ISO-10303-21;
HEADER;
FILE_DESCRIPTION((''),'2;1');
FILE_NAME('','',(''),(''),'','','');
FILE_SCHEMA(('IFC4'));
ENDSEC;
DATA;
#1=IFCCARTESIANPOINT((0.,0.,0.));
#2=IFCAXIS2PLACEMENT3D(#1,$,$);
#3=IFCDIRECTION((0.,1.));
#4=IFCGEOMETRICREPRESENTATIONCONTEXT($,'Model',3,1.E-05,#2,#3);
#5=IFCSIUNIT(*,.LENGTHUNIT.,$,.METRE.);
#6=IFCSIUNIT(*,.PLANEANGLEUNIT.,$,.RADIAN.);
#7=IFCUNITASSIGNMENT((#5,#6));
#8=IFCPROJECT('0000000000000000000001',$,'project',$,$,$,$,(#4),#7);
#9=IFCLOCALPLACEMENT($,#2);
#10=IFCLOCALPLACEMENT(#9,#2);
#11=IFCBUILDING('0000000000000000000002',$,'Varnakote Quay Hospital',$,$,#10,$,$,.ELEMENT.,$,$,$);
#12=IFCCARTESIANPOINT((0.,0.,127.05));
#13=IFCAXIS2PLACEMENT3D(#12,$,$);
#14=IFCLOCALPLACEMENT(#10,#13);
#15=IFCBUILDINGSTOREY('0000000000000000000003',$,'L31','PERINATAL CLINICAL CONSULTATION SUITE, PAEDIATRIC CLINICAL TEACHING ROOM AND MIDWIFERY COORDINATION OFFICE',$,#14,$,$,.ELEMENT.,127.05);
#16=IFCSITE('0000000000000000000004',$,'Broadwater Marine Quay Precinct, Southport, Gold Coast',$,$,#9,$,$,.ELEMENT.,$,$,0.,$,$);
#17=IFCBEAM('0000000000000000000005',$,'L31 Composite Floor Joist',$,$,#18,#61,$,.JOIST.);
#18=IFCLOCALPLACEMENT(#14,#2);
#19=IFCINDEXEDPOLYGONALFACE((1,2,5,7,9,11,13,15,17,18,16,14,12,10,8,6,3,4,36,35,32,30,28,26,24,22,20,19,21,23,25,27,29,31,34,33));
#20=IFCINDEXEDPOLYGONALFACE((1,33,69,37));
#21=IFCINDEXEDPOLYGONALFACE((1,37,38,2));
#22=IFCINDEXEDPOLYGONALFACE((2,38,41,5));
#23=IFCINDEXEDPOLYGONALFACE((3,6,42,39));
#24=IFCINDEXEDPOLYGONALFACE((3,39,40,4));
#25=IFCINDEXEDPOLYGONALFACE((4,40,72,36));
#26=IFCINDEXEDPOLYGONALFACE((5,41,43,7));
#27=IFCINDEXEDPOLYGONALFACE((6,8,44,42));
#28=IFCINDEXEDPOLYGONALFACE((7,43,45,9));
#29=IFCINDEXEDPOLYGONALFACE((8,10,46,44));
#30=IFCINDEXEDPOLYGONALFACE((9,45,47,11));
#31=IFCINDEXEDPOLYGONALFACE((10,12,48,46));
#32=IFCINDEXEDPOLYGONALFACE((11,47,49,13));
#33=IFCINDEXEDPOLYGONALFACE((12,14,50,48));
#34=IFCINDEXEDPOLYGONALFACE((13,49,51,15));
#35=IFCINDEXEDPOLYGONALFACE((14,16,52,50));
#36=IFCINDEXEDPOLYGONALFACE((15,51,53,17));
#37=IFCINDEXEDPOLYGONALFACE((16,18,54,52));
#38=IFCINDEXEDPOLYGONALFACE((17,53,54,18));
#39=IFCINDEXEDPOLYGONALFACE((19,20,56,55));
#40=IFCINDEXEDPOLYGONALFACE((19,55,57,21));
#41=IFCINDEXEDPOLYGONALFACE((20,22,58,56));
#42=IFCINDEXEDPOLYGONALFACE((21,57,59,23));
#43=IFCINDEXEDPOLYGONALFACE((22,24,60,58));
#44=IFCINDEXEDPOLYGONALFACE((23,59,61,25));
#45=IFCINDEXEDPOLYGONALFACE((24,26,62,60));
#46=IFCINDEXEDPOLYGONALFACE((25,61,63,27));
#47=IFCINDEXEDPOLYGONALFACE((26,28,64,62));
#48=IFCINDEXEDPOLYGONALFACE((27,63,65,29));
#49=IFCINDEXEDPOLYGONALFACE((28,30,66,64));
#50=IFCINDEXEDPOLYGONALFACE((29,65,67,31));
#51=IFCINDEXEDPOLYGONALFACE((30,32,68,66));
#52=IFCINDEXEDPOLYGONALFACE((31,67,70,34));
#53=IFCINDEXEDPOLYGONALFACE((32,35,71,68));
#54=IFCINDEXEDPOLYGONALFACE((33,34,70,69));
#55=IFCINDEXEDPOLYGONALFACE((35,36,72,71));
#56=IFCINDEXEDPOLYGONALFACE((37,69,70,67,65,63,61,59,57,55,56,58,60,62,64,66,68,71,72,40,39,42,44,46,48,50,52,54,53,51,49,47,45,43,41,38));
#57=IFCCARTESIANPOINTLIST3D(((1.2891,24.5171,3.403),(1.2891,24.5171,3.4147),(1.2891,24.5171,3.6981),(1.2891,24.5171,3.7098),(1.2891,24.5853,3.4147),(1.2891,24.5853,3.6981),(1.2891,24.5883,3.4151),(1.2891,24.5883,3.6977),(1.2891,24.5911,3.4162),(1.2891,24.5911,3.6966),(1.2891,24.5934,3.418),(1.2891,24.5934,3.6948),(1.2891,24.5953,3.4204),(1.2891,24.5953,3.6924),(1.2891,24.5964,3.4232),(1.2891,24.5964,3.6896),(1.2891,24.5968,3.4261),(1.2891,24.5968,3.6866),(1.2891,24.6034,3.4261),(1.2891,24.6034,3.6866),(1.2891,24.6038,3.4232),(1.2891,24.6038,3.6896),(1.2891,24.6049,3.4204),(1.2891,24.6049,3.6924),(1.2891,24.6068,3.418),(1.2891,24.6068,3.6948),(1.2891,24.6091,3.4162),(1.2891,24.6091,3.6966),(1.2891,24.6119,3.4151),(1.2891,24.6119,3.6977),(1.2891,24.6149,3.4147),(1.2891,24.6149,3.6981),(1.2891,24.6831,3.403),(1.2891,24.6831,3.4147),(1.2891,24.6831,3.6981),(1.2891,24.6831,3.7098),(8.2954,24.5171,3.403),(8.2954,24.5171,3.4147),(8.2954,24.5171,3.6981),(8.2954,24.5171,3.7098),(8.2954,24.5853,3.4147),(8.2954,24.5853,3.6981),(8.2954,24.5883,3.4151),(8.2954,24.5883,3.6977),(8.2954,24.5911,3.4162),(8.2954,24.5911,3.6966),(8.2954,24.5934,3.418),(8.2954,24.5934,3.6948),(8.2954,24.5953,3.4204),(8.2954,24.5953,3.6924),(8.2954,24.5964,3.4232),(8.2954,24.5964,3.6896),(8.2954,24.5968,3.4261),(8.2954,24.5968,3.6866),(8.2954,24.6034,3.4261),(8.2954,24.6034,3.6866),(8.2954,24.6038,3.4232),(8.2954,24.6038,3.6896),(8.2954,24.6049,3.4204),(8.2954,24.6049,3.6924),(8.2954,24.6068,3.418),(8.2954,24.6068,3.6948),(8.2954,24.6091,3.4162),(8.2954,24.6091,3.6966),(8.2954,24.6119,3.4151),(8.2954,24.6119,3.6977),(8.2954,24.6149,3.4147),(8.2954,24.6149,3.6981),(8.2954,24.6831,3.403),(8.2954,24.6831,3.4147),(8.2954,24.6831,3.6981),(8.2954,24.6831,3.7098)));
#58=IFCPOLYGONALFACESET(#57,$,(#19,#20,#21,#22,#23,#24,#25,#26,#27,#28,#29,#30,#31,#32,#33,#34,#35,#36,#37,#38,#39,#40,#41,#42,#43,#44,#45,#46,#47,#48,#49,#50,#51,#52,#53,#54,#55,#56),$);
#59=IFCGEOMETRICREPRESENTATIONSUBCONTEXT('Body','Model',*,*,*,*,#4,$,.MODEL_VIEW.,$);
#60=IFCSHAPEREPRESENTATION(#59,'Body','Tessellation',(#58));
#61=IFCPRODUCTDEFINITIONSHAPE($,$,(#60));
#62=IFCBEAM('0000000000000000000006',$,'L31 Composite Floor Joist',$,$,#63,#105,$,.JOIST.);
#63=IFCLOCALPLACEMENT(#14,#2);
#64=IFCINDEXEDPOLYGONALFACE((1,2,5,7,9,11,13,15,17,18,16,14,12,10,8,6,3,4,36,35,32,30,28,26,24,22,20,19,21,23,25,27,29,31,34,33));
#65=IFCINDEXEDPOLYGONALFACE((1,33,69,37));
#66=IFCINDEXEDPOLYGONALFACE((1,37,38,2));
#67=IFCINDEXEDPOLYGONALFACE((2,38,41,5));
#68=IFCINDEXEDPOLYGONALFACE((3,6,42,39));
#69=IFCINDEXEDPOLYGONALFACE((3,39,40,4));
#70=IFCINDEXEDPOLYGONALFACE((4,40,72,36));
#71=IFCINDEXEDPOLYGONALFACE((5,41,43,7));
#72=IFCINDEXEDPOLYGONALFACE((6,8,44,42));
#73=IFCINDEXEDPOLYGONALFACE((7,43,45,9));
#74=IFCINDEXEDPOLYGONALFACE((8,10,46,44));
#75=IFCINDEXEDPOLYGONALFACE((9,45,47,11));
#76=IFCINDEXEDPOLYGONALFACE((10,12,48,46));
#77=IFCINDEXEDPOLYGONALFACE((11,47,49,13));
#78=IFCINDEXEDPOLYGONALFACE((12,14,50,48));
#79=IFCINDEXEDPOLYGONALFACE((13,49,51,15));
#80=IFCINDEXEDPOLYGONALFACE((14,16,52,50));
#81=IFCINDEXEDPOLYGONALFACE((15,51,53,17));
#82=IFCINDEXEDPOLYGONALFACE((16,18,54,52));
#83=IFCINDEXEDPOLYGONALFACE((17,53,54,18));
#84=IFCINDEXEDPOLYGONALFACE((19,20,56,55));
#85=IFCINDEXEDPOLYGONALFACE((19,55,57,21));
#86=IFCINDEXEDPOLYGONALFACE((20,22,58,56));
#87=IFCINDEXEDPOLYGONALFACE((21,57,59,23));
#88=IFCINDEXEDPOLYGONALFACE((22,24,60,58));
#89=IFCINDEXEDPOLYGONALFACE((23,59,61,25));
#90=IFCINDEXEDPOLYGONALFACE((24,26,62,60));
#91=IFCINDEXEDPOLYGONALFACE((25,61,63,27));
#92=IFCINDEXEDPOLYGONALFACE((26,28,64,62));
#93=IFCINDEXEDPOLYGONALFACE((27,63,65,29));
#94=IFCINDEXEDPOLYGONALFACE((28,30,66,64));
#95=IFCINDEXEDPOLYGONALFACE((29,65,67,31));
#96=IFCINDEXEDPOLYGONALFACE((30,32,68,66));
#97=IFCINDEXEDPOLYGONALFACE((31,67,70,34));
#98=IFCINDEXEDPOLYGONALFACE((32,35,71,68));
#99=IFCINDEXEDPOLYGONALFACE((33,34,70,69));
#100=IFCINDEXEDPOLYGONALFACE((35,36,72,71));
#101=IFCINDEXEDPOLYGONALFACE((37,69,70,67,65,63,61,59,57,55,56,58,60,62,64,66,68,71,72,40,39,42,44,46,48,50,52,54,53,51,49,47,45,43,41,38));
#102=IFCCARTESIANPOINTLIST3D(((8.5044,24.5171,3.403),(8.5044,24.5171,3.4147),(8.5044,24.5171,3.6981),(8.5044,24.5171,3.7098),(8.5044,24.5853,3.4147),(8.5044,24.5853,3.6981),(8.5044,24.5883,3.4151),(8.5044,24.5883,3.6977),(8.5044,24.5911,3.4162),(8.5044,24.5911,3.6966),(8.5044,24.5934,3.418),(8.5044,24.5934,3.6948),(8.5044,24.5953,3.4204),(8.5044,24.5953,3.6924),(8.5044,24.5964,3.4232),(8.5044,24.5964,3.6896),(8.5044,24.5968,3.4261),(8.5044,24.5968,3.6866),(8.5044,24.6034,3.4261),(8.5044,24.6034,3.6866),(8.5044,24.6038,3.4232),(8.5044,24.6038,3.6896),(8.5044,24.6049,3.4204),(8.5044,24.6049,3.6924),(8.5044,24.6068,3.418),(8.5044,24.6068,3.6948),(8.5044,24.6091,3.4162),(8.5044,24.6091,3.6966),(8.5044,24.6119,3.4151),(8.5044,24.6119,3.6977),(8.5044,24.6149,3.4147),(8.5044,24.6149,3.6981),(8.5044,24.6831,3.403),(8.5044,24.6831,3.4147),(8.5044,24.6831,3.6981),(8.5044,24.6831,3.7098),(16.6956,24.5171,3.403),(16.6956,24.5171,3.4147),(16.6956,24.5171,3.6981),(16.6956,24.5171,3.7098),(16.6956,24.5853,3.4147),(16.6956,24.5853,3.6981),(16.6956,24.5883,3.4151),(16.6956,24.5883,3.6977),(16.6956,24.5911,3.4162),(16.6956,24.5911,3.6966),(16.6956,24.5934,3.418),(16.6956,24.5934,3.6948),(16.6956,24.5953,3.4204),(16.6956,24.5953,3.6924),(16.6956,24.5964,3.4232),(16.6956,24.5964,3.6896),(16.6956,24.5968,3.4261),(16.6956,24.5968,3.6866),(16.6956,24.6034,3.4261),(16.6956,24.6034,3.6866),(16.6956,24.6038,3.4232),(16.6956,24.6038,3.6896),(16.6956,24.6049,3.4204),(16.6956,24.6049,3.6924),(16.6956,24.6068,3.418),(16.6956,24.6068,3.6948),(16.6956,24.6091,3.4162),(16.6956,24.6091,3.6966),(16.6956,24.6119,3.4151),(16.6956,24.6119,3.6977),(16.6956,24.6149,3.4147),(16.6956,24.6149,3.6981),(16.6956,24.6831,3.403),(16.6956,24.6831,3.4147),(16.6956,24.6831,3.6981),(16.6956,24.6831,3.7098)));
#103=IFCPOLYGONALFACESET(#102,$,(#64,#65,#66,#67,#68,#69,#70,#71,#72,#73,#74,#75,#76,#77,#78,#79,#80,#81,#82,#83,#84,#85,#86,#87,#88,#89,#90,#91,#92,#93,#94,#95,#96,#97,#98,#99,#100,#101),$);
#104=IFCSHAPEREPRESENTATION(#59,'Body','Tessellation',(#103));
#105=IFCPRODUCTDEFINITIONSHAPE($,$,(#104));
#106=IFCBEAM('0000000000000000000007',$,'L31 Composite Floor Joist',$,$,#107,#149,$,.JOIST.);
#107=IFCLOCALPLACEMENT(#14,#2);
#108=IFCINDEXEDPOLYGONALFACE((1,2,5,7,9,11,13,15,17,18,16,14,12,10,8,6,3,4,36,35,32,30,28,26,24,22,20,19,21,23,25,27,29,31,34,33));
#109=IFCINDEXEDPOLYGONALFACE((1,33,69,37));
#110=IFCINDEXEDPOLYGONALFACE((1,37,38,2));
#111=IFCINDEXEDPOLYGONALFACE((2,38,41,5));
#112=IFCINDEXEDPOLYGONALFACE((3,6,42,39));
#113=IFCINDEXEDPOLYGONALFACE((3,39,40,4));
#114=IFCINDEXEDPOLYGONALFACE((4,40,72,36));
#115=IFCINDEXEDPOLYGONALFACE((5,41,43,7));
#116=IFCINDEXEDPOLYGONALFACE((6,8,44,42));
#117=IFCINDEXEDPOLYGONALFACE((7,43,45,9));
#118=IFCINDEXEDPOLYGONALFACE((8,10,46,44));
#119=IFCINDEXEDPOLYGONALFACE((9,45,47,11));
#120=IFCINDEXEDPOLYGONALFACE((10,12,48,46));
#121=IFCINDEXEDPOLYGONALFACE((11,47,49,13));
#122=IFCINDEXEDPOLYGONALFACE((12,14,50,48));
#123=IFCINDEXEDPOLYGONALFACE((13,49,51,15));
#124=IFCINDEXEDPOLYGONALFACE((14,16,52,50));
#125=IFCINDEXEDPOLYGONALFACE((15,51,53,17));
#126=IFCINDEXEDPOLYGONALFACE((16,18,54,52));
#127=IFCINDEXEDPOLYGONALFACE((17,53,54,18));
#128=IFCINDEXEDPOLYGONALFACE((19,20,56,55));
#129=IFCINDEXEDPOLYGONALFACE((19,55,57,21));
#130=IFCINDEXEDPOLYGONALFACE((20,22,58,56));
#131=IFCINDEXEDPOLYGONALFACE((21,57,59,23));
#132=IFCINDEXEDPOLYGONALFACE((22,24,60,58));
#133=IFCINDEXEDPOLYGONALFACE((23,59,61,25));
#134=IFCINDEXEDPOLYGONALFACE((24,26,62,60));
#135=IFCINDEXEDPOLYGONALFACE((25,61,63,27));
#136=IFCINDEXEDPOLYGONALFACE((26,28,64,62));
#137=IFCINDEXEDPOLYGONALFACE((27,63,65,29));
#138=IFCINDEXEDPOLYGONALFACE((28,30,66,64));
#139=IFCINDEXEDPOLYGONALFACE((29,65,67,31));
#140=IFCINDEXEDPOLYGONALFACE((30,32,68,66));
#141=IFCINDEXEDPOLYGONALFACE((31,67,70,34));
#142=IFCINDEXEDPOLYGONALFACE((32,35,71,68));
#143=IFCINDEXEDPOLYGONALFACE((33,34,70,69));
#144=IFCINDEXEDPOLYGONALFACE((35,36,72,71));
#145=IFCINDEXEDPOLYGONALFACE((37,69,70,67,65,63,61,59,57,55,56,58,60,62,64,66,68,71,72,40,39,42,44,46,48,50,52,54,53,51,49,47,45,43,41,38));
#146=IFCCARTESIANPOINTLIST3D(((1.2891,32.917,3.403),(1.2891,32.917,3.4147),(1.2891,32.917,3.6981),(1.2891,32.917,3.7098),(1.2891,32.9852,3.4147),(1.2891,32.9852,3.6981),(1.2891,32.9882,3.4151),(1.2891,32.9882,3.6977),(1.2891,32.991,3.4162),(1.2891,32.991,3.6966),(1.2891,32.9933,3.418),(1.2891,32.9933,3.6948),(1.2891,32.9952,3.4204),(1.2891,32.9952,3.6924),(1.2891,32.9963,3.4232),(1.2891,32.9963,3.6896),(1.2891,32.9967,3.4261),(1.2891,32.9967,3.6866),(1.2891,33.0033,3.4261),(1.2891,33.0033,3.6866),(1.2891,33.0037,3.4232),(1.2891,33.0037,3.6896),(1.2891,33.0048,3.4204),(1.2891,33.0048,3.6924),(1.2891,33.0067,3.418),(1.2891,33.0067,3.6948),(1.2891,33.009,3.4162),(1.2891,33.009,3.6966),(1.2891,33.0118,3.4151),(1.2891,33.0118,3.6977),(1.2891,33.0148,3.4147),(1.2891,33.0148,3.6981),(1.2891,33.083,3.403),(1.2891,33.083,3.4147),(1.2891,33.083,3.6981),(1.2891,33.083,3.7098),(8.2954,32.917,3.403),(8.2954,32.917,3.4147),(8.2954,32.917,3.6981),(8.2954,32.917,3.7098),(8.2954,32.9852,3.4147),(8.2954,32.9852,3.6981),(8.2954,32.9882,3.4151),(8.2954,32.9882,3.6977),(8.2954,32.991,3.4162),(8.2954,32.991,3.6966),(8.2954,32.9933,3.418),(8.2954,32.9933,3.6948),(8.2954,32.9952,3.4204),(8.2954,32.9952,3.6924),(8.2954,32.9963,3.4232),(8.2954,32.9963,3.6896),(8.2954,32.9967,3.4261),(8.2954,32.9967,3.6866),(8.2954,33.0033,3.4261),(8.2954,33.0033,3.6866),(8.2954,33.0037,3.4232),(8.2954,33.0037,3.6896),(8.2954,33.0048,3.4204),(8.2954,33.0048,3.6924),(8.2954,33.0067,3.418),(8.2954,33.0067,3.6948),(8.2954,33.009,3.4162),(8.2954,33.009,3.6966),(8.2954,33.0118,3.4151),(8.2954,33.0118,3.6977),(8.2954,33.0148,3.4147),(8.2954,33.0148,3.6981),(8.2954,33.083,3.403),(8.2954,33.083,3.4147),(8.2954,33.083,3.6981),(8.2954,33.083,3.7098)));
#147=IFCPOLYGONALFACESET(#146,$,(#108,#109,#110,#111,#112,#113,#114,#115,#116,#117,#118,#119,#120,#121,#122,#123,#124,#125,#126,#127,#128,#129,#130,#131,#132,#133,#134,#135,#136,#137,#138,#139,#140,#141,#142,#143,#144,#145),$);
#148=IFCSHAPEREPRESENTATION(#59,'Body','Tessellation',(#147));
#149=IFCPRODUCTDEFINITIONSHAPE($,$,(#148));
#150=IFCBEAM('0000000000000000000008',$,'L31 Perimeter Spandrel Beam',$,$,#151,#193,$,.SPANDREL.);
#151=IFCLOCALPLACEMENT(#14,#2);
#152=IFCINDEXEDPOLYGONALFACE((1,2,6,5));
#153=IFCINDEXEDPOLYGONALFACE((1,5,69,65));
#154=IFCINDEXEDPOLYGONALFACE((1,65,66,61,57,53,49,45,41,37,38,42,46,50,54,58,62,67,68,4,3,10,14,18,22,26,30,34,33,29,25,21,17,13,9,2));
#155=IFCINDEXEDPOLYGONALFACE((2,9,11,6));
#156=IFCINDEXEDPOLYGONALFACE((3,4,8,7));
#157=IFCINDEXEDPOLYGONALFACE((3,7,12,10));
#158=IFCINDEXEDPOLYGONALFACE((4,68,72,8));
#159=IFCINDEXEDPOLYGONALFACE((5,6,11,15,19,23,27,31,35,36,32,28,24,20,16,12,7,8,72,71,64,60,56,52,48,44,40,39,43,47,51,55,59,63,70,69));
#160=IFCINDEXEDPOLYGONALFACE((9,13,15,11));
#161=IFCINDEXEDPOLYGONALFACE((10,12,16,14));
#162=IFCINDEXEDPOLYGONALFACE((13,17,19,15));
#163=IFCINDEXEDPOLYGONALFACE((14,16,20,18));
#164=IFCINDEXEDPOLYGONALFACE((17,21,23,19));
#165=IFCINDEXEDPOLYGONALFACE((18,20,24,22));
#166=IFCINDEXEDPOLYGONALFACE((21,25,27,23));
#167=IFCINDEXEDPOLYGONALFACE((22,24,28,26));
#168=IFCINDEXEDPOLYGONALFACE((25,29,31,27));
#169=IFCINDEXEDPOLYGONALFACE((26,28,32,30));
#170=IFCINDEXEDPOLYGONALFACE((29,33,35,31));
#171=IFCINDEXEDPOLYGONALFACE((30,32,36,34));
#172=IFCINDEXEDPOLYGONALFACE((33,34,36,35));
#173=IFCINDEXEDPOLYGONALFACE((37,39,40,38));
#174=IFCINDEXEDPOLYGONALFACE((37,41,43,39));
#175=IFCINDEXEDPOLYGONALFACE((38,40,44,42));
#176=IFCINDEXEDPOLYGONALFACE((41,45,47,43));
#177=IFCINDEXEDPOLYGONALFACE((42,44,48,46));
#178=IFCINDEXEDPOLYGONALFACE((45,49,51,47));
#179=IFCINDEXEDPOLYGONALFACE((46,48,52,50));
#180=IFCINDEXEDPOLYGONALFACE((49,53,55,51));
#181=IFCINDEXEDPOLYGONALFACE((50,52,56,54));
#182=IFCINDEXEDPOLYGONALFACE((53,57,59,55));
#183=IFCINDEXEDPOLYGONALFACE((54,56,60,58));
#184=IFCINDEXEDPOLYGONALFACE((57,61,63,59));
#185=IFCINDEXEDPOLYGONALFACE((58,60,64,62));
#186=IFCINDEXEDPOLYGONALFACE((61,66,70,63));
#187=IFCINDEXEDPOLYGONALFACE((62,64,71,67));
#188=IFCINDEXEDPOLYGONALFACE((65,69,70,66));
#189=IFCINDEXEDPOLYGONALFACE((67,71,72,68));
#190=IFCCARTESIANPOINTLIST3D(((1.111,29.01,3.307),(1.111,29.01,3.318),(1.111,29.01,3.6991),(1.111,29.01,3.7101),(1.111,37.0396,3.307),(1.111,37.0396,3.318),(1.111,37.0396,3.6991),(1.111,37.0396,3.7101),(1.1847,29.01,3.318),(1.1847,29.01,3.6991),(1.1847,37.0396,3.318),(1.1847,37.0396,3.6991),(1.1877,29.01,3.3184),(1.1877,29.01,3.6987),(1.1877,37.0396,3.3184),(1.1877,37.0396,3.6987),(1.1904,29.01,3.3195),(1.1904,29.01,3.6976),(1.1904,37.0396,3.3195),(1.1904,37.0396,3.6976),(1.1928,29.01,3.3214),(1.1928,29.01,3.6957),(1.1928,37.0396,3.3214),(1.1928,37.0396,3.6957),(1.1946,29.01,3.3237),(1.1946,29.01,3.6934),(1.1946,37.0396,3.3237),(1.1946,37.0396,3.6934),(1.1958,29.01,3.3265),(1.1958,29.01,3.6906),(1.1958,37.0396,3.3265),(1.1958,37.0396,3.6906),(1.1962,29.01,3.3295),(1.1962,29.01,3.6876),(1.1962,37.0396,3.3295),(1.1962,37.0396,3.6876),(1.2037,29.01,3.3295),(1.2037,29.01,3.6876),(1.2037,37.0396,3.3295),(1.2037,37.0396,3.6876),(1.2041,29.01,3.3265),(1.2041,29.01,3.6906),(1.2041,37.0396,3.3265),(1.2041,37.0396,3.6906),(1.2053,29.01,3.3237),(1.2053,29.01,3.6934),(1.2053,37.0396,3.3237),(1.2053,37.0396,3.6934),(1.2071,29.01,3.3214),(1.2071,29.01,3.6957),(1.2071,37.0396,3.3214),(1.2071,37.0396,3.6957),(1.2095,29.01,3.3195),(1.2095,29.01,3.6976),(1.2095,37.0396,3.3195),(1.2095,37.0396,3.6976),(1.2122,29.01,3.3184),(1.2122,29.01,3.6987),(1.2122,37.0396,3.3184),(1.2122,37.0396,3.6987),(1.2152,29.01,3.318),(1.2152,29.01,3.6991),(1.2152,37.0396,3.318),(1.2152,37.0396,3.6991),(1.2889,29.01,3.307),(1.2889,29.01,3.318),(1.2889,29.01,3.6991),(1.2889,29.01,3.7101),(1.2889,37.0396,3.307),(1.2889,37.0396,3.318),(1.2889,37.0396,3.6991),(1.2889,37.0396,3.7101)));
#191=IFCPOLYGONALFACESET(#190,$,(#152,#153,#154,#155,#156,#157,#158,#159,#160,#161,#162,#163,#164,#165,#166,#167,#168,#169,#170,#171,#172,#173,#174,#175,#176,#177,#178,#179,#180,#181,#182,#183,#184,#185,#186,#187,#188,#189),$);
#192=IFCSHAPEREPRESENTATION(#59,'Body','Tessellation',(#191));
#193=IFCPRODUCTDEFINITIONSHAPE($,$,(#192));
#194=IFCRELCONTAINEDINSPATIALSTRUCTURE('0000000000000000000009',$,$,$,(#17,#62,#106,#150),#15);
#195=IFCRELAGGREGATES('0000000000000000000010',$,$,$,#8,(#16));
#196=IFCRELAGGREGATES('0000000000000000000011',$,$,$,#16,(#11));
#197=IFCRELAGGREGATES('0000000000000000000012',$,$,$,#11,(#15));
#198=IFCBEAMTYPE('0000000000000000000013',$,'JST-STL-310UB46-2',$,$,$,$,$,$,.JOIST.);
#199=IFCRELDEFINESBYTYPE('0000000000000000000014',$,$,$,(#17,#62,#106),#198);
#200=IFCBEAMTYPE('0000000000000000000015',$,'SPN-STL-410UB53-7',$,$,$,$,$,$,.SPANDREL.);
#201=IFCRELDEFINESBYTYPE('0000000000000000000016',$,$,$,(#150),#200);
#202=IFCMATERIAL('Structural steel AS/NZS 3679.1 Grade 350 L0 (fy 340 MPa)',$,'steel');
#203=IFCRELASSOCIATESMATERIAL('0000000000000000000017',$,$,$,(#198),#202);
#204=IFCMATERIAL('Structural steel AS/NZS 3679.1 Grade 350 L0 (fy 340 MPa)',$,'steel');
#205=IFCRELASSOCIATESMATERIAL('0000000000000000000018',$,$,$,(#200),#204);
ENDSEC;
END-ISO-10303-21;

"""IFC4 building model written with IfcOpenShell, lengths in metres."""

from ifc_helpers import new_model, si_unit, direction, frame, origin, origin_2d, place, context, subcontext, project, spatial, i_section, extrude, material, material_profile, profile_set, type_object, element, save


model = new_model("IFC4")

# Units and contexts
model_context = context("Model", 3, precision=1e-05, world=origin(), true_north=direction((0.0, 1.0)))
body_context = subcontext(model_context, "Body", "Model", "MODEL_VIEW")
ifc_project = project(units=[si_unit("LENGTHUNIT", "METRE"), si_unit("PLANEANGLEUNIT", "RADIAN")], contexts=[model_context])

# Site, building, storey
site_placement = place(None, origin())
site = spatial("IfcSite", under=ifc_project, at=site_placement, Name="Broadwater Marine Quay Precinct, Southport, Gold Coast", CompositionType="ELEMENT", RefElevation=0.0)
building_placement = place(site_placement, origin())
building = spatial("IfcBuilding", under=site, at=building_placement, Name="Varnakote Quay Hospital", CompositionType="ELEMENT")
storey_placement = place(building_placement, frame((0.0, 0.0, 127.05)))
storey = spatial("IfcBuildingStorey", under=building, at=storey_placement, Name="L31", Description="PERINATAL CLINICAL CONSULTATION SUITE, PAEDIATRIC CLINICAL TEACHING ROOM AND MIDWIFERY COORDINATION OFFICE", CompositionType="ELEMENT", Elevation=127.05)

# Beams
ifc_material_1 = material(Name="Structural steel AS/NZS 3679.1 Grade 350 L0 (fy 340 MPa)", Category="steel")
ifc_material_profile_1 = material_profile(ifc_material_1, i_section(OverallWidth=0.166, OverallDepth=0.3069, WebThickness=0.0066, FlangeThickness=0.0117, FilletRadius=0.0115, at=origin_2d()), Name="310UB46.2")
ifc_profile_set_1 = profile_set([ifc_material_profile_1], Name="Structural steel AS/NZS 3679.1 Grade 350 L0 (fy 340 MPa)")
beam_type_1 = type_object("IfcBeamType", Name="JST-STL-310UB46-2", PredefinedType="JOIST", material=ifc_profile_set_1)
beam_1_placement = place(storey_placement, frame((1.2891, 24.6001, 3.5564), z_axis=(1.0, 0.0, 0.0), x_axis=(0.0, 1.0, 0.0)))
element("IfcBeam", 1, at=beam_1_placement, inside=storey, type_object=beam_type_1, Name="L31 Composite Floor Joist", PredefinedType="JOIST", context=body_context, shape_type="SweptSolid", body=[
    extrude(i_section(OverallWidth=0.166, OverallDepth=0.3069, WebThickness=0.0066, FlangeThickness=0.0117, FilletRadius=0.0115, at=origin_2d()), origin(), (0.0, 0.0, 1.0), 7.0063),
])
beam_2_placement = place(storey_placement, frame((8.5044, 24.6001, 3.5564), z_axis=(1.0, 0.0, 0.0), x_axis=(0.0, 1.0, 0.0)))
element("IfcBeam", 2, at=beam_2_placement, inside=storey, type_object=beam_type_1, Name="L31 Composite Floor Joist", PredefinedType="JOIST", context=body_context, shape_type="SweptSolid", body=[
    extrude(i_section(OverallWidth=0.166, OverallDepth=0.3069, WebThickness=0.0066, FlangeThickness=0.0117, FilletRadius=0.0115, at=origin_2d()), origin(), (0.0, 0.0, 1.0), 8.1912),
])
beam_3_placement = place(storey_placement, frame((1.2891, 33.0, 3.5564), z_axis=(1.0, 0.0, 0.0), x_axis=(0.0, 1.0, 0.0)))
element("IfcBeam", 3, at=beam_3_placement, inside=storey, type_object=beam_type_1, Name="L31 Composite Floor Joist", PredefinedType="JOIST", context=body_context, shape_type="SweptSolid", body=[
    extrude(i_section(OverallWidth=0.166, OverallDepth=0.3069, WebThickness=0.0066, FlangeThickness=0.0117, FilletRadius=0.0115, at=origin_2d()), origin(), (0.0, 0.0, 1.0), 7.0063),
])
ifc_material_2 = material(Name="Structural steel AS/NZS 3679.1 Grade 350 L0 (fy 340 MPa)", Category="steel")
ifc_material_profile_2 = material_profile(ifc_material_2, i_section(OverallWidth=0.178, OverallDepth=0.4031, WebThickness=0.0076, FlangeThickness=0.011, FilletRadius=0.0115, at=origin_2d()), Name="410UB53.7")
ifc_profile_set_2 = profile_set([ifc_material_profile_2], Name="Structural steel AS/NZS 3679.1 Grade 350 L0 (fy 340 MPa)")
beam_type_2 = type_object("IfcBeamType", Name="SPN-STL-410UB53-7", PredefinedType="SPANDREL", material=ifc_profile_set_2)
beam_4_placement = place(storey_placement, frame((1.2, 29.01, 3.5085), z_axis=(0.0, 1.0, 0.0), x_axis=(-1.0, 0.0, 0.0)))
element("IfcBeam", 4, at=beam_4_placement, inside=storey, type_object=beam_type_2, Name="L31 Perimeter Spandrel Beam", PredefinedType="SPANDREL", context=body_context, shape_type="SweptSolid", body=[
    extrude(i_section(OverallWidth=0.178, OverallDepth=0.4031, WebThickness=0.0076, FlangeThickness=0.011, FilletRadius=0.0115, at=origin_2d()), origin(), (0.0, 0.0, 1.0), 8.0295),
])

save(model, "model.ifc")
